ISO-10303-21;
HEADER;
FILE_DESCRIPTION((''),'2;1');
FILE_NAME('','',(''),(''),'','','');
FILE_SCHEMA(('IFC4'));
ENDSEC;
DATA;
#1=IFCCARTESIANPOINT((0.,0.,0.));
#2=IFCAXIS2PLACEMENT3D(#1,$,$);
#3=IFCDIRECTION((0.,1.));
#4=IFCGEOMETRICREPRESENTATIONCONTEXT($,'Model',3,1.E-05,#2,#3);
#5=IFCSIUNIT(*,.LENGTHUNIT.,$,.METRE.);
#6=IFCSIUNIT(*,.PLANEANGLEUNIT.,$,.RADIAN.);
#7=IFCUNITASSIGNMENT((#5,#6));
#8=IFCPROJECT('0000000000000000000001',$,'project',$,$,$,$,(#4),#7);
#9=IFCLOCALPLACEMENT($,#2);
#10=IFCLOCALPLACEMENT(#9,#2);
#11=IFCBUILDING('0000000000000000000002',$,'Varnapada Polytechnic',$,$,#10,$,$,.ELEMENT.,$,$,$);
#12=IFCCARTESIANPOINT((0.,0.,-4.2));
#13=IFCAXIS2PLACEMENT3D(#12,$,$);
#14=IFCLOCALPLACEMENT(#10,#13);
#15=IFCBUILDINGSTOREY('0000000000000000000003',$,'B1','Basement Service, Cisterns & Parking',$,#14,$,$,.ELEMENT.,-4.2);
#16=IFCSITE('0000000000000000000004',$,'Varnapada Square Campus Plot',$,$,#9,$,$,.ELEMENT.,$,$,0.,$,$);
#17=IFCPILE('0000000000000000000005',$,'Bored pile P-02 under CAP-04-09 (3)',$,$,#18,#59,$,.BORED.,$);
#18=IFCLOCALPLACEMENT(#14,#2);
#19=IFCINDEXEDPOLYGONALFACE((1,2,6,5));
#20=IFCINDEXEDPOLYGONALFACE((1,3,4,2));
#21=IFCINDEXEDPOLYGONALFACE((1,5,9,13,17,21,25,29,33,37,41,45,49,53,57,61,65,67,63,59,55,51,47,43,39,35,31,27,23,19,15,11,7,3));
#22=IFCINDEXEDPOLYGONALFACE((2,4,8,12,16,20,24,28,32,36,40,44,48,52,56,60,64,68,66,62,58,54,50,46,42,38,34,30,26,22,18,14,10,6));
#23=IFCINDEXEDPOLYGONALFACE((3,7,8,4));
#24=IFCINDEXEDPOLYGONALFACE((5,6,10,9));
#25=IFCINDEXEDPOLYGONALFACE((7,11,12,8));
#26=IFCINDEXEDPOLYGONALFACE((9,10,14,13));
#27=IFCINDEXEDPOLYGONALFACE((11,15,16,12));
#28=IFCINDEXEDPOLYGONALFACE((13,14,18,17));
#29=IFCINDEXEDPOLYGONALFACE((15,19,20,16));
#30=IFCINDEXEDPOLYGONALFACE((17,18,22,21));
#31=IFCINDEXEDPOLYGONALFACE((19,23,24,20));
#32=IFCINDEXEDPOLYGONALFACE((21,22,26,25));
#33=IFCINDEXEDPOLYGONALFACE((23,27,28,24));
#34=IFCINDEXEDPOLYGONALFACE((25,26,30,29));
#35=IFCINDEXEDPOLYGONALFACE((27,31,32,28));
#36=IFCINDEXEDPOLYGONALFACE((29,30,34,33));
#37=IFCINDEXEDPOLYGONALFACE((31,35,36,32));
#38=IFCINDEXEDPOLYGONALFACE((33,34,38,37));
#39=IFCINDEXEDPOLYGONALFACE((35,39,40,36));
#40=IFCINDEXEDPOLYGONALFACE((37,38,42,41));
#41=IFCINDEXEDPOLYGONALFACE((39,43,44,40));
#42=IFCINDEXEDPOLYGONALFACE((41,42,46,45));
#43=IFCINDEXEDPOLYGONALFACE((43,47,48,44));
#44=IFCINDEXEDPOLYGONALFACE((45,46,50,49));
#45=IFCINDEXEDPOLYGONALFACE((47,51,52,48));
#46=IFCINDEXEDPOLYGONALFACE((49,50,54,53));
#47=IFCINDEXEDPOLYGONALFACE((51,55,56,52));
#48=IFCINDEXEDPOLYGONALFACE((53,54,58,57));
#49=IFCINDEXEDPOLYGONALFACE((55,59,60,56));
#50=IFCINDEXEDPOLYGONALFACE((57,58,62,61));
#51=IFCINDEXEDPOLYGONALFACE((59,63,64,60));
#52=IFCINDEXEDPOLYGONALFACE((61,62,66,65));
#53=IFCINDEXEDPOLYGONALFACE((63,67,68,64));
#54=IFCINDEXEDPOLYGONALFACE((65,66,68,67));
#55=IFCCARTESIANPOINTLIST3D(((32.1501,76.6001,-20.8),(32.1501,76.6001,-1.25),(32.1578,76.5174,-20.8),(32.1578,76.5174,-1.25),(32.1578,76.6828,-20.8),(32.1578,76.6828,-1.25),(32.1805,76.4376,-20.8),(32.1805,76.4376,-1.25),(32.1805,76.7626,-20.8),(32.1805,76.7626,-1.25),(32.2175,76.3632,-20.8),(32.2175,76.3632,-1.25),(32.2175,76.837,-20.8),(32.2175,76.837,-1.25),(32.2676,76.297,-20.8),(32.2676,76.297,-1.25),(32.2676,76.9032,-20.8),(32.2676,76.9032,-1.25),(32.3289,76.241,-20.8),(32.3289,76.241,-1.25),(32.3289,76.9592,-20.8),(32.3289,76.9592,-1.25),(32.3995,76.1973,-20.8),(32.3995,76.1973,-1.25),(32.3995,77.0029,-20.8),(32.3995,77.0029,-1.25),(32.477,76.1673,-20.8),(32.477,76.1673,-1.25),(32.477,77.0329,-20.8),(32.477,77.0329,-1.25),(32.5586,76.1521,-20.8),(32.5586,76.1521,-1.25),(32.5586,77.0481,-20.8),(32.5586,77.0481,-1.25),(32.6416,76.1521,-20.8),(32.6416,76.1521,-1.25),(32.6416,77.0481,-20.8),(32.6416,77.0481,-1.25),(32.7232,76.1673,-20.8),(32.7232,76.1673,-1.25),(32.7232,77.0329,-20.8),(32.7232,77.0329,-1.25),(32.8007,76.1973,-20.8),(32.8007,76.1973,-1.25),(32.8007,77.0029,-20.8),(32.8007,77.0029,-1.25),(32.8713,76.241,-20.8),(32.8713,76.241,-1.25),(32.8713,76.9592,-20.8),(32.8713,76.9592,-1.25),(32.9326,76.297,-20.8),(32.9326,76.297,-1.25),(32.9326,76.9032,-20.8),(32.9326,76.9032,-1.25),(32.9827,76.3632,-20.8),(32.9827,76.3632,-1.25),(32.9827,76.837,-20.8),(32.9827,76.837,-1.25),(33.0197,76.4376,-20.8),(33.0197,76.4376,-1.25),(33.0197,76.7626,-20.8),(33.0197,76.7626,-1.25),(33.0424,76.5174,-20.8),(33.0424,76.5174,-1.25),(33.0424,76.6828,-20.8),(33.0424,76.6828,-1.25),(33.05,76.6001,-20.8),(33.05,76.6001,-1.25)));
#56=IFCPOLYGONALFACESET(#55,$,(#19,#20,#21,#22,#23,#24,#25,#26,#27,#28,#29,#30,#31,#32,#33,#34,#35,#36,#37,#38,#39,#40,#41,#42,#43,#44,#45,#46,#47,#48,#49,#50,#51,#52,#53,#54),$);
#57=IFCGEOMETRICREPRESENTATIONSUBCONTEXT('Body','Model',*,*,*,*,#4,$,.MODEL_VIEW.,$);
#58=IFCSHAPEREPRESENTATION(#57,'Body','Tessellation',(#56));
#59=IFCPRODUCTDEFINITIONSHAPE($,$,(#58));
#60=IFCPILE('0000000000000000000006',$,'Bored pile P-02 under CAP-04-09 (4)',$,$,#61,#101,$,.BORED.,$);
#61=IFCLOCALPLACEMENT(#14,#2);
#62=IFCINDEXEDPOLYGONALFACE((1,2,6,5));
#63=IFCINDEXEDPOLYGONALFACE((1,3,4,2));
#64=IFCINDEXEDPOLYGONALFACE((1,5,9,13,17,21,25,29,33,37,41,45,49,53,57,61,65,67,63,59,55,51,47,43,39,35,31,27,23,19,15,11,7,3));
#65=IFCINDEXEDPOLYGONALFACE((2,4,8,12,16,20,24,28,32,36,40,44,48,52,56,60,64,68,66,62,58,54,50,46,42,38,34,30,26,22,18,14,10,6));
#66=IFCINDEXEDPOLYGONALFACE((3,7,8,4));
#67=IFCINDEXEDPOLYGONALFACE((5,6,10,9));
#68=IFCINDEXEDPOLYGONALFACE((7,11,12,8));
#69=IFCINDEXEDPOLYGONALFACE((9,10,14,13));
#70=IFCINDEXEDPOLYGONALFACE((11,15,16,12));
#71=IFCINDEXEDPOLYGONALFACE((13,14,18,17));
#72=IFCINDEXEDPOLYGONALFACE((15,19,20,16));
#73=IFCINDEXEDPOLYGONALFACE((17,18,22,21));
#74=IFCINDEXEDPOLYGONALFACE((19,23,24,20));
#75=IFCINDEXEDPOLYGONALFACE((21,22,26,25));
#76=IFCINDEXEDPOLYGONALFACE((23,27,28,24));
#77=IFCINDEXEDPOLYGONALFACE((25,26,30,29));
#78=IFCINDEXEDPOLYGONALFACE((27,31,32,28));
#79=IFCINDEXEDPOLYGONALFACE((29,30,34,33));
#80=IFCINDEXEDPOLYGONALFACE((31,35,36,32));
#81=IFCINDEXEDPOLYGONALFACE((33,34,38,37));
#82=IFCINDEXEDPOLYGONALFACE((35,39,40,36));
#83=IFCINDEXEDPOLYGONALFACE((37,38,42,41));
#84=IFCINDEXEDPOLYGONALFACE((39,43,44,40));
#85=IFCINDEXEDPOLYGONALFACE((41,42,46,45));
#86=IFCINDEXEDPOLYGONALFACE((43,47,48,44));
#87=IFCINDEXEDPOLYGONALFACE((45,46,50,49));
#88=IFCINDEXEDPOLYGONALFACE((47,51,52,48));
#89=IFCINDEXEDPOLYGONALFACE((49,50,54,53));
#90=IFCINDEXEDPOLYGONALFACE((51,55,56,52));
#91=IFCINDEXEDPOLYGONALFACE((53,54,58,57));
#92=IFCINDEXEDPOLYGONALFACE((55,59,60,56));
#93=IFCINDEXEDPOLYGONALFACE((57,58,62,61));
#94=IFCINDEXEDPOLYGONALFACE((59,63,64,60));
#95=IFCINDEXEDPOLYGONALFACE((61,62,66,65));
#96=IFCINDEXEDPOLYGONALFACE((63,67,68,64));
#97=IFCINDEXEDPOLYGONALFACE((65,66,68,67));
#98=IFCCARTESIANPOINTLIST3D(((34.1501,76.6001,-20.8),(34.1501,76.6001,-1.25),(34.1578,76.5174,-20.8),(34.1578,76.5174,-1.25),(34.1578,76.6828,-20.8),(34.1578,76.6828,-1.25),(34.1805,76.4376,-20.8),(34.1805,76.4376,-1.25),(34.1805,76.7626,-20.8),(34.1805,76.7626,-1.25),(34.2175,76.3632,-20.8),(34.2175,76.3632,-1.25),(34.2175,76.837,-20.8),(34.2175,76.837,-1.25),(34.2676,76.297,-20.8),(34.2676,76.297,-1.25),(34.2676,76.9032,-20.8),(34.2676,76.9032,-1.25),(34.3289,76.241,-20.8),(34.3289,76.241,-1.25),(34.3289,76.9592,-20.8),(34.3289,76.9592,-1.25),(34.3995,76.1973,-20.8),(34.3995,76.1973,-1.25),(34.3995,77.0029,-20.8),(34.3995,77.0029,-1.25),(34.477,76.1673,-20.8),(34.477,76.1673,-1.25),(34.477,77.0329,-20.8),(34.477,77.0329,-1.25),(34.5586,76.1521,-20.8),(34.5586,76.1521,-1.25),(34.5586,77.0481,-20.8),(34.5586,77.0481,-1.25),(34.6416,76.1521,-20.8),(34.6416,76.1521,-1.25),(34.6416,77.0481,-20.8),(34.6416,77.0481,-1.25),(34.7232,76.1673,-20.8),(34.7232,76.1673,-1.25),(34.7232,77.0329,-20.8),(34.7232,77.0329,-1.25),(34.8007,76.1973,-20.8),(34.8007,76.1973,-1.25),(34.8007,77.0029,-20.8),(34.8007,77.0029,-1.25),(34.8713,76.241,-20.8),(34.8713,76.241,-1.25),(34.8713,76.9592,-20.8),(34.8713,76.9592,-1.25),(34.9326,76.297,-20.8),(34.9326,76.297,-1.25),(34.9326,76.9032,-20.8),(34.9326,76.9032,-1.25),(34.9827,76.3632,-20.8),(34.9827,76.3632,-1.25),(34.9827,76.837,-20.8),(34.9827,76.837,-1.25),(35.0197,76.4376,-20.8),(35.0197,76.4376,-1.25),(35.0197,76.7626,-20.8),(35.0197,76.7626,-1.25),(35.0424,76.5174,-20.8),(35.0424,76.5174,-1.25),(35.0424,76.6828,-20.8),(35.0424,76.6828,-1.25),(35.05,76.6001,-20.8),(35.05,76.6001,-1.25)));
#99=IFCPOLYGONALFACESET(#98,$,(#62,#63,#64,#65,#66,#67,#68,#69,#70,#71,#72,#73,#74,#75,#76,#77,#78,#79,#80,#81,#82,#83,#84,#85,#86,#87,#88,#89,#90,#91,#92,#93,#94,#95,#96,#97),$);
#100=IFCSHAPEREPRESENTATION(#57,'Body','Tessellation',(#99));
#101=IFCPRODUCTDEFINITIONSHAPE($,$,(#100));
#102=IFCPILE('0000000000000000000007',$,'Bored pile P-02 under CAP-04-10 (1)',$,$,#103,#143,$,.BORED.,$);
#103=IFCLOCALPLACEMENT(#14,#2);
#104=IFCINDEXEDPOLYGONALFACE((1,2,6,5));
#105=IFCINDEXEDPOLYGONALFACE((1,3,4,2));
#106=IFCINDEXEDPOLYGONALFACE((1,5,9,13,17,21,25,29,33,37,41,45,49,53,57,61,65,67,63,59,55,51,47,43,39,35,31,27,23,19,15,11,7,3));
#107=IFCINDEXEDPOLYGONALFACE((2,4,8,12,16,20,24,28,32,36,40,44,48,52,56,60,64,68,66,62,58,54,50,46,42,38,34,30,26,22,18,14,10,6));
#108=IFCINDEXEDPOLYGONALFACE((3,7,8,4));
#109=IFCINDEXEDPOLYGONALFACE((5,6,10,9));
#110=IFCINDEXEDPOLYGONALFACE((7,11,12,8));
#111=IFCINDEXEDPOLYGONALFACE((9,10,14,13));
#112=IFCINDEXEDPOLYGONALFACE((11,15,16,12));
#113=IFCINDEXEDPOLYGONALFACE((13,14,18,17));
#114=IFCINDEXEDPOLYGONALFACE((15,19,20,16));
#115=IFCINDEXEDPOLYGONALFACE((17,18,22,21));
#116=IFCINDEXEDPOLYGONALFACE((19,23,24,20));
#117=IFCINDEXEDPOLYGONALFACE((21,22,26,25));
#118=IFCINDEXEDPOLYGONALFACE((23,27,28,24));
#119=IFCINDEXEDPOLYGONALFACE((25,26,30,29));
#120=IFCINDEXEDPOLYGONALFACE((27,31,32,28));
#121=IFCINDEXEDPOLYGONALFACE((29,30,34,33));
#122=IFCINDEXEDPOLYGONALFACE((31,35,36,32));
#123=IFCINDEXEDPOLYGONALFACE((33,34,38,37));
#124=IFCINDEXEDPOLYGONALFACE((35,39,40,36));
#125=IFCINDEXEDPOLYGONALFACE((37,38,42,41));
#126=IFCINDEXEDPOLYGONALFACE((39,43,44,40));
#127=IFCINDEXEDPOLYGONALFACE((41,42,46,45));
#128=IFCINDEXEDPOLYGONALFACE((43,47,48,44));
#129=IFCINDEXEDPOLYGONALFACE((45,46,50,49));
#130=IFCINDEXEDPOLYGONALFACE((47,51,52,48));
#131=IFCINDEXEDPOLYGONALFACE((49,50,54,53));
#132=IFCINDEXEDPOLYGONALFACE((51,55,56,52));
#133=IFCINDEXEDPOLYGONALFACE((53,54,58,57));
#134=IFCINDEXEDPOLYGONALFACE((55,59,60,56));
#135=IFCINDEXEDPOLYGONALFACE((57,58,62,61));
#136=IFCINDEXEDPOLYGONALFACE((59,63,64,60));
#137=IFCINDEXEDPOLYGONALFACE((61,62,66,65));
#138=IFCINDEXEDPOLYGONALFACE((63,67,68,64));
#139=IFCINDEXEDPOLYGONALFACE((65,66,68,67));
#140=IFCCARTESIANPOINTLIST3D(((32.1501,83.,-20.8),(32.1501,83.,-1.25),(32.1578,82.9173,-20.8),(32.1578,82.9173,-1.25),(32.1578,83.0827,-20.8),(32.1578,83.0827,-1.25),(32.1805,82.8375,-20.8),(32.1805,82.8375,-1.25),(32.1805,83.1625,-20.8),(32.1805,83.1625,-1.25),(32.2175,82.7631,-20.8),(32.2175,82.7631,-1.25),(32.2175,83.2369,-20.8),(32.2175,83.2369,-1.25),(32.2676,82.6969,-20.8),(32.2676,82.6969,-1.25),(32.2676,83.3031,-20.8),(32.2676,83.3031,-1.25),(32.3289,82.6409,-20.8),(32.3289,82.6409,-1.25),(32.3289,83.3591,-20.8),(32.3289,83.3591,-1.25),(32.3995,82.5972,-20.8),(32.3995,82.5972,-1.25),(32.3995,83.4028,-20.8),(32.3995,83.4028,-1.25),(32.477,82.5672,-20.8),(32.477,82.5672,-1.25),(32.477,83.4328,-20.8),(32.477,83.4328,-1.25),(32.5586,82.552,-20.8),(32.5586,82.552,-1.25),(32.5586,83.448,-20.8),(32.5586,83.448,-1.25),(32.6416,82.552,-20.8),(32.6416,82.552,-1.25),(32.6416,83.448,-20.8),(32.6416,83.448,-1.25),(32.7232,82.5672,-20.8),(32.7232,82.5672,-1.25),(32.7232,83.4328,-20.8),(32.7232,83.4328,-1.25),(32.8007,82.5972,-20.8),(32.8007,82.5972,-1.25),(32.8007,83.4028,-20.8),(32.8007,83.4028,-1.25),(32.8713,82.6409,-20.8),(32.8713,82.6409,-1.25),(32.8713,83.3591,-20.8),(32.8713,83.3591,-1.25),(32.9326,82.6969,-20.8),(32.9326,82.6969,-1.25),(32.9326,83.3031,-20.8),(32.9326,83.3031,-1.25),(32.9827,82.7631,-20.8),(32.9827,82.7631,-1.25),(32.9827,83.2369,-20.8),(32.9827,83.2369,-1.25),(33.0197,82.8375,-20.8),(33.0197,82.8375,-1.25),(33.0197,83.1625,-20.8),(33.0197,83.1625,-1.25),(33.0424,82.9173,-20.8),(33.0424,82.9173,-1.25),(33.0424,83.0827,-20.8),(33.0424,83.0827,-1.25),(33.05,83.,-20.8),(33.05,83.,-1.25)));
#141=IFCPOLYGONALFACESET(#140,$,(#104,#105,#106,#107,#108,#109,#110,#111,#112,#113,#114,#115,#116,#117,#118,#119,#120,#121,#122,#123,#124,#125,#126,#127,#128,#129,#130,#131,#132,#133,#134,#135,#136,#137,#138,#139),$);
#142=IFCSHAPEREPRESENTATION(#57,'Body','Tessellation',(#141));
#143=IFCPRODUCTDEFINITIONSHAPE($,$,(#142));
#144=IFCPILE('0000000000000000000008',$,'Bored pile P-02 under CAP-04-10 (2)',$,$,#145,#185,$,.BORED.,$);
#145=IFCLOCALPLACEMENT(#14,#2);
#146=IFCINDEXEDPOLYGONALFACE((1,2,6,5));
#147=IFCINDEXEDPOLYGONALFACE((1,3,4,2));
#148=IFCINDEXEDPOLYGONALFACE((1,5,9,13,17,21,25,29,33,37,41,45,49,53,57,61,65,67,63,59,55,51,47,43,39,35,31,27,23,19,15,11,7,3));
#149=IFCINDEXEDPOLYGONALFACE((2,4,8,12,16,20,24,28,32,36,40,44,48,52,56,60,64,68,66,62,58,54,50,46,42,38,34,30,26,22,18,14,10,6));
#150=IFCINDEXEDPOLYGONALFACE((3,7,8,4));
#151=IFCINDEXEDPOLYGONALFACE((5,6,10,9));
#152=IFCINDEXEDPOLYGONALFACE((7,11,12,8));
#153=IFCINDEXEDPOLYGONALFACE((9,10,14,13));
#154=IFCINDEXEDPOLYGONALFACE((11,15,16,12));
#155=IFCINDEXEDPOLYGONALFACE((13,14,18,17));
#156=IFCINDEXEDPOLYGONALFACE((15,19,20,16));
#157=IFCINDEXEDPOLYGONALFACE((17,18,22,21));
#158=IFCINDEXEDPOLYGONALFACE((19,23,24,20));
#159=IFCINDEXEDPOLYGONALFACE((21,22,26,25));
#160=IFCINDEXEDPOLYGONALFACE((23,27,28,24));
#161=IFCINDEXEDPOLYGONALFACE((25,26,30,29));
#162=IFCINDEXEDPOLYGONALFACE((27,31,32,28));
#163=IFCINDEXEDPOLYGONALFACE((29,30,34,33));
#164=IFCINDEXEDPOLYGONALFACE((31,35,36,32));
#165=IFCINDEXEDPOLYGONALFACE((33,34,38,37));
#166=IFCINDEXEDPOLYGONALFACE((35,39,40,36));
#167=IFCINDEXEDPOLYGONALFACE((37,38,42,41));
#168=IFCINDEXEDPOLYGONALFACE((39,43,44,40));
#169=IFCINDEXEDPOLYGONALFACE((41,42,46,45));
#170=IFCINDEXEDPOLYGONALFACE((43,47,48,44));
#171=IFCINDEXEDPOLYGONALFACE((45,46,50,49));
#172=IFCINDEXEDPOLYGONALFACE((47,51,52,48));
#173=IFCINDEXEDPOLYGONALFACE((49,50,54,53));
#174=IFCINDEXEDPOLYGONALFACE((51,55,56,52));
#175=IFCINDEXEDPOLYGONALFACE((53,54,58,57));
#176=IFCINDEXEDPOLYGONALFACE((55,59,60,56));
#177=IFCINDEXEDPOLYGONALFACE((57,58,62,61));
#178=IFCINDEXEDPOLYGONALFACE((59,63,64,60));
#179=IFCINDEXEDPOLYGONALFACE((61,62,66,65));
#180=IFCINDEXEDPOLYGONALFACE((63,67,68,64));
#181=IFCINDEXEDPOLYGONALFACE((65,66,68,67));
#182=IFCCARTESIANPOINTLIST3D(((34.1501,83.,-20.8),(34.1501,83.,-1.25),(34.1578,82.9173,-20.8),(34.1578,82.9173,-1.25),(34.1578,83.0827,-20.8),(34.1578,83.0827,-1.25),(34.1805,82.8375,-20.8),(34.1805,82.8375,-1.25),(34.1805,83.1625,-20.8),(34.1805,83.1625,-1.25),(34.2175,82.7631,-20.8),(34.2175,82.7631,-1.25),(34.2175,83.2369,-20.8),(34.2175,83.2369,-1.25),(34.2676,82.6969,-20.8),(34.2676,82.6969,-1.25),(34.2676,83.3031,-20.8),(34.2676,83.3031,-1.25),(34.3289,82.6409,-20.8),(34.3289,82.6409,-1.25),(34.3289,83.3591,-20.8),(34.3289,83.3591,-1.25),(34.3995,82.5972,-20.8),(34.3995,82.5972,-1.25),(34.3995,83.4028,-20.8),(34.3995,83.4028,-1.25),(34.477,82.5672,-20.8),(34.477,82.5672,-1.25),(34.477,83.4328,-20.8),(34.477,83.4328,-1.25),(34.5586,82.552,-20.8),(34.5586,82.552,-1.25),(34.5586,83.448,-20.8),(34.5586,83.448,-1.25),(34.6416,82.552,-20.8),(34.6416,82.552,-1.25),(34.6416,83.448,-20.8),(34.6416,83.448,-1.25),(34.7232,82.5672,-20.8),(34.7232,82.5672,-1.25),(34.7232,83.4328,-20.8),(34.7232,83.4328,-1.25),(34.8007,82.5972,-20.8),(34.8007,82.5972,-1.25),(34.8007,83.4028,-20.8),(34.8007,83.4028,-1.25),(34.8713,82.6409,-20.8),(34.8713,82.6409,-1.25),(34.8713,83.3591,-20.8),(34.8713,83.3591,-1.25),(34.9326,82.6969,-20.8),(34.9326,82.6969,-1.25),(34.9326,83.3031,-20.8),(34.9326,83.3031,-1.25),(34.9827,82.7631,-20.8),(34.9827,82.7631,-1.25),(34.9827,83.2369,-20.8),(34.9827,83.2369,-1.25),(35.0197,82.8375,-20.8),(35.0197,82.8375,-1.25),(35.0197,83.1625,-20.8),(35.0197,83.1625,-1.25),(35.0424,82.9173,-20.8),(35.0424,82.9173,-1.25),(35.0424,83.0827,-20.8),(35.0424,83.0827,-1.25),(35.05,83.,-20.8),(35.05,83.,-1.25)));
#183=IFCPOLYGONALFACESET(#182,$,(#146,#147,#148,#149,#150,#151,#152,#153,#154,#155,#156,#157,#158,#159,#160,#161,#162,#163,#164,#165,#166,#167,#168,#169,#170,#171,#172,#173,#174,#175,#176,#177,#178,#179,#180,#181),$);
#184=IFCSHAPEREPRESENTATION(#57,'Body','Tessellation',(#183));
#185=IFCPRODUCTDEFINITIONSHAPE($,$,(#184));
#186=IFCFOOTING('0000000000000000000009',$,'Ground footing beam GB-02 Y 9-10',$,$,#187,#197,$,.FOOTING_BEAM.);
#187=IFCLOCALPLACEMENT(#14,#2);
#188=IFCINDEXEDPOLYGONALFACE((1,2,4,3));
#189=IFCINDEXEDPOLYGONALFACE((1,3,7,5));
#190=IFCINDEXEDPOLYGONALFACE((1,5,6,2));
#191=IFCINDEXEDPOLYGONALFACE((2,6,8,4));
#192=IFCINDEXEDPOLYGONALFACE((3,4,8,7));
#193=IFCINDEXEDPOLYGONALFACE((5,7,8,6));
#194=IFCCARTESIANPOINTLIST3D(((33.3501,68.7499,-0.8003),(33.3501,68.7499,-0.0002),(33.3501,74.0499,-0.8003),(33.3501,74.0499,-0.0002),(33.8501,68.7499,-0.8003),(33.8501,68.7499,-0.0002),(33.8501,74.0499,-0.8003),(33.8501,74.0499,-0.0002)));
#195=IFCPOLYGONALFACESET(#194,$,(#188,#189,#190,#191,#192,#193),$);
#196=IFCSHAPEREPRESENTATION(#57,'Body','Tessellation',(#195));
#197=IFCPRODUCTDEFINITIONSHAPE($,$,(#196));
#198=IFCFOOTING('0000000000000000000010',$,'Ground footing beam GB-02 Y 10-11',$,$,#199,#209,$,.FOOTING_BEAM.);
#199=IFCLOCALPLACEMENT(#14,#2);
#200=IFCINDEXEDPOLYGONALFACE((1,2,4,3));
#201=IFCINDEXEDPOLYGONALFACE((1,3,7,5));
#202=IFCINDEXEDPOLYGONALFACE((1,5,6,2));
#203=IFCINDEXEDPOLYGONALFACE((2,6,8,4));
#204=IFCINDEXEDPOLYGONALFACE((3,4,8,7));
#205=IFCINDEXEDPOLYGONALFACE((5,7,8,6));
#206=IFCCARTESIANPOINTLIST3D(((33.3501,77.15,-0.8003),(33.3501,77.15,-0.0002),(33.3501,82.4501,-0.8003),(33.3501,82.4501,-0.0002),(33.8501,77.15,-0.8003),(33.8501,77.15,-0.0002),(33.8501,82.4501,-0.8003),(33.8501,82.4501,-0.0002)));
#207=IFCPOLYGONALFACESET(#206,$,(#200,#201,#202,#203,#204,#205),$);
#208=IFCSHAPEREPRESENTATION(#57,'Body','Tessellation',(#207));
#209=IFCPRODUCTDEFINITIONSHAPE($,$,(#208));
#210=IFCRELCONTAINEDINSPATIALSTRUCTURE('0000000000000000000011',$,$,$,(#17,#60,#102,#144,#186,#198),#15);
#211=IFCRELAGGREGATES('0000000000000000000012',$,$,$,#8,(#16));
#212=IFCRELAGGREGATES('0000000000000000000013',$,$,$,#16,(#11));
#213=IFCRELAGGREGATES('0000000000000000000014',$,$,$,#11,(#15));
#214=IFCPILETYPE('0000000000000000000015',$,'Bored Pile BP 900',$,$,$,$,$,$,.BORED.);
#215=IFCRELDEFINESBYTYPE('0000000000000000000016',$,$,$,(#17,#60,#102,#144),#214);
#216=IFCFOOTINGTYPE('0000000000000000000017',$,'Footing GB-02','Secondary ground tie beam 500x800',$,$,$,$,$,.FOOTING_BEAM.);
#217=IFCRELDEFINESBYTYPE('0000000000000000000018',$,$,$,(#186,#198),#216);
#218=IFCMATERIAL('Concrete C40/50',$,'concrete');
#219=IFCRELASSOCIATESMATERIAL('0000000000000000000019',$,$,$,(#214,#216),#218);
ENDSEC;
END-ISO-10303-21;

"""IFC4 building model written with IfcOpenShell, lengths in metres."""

from ifc_helpers import new_model, si_unit, direction, frame, origin, origin_2d, place, context, subcontext, project, spatial, rectangle, circle, extrude, material, material_profile, profile_set, type_object, element, save


model = new_model("IFC4")

# Units and contexts
model_context = context("Model", 3, precision=1e-05, world=origin(), true_north=direction((0.0, 1.0)))
body_context = subcontext(model_context, "Body", "Model", "MODEL_VIEW")
ifc_project = project(units=[si_unit("LENGTHUNIT", "METRE"), si_unit("PLANEANGLEUNIT", "RADIAN")], contexts=[model_context])

# Site, building, storey
site_placement = place(None, origin())
site = spatial("IfcSite", under=ifc_project, at=site_placement, Name="Varnapada Square Campus Plot", CompositionType="ELEMENT", RefElevation=0.0)
building_placement = place(site_placement, origin())
building = spatial("IfcBuilding", under=site, at=building_placement, Name="Varnapada Polytechnic", CompositionType="ELEMENT")
storey_placement = place(building_placement, frame((0.0, 0.0, -4.2)))
storey = spatial("IfcBuildingStorey", under=building, at=storey_placement, Name="B1", Description="Basement Service, Cisterns & Parking", CompositionType="ELEMENT", Elevation=-4.2)

# Piles
ifc_material = material(Name="Concrete C40/50", Category="concrete")
ifc_material_profile_1 = material_profile(ifc_material, circle(Radius=0.45, at=origin_2d()), Name="BP 900")
ifc_profile_set_1 = profile_set([ifc_material_profile_1], Name="Concrete C40/50")
pile_type_1 = type_object("IfcPileType", Name="Bored Pile BP 900", PredefinedType="BORED", material=ifc_profile_set_1)
for number, where, z_axis, x_axis, name in (
    (1, (32.6001, 76.6001, -1.25), (0.0, 0.0, -1.0), (1.0, 0.0, 0.0), "Bored pile P-02 under CAP-04-09 (3)"),
    (2, (34.6001, 76.6001, -1.25), (0.0, 0.0, -1.0), (1.0, 0.0, 0.0), "Bored pile P-02 under CAP-04-09 (4)"),
    (3, (32.6001, 83.0, -1.25), (0.0, 0.0, -1.0), (1.0, 0.0, 0.0), "Bored pile P-02 under CAP-04-10 (1)"),
    (4, (34.6001, 83.0, -1.25), (0.0, 0.0, -1.0), (1.0, 0.0, 0.0), "Bored pile P-02 under CAP-04-10 (2)"),
):
    element("IfcPile", number, at=place(storey_placement, frame(where, z_axis=z_axis, x_axis=x_axis)), inside=storey, type_object=pile_type_1, Name=name, PredefinedType="BORED", context=body_context, shape_type="SweptSolid", body=[
        extrude(circle(Radius=0.45, at=origin_2d()), origin(), (0.0, 0.0, 1.0), 19.55),
    ])

# Footings
footing_type_1 = type_object("IfcFootingType", Name="Footing GB-02", Description="Secondary ground tie beam 500x800", PredefinedType="FOOTING_BEAM", material=ifc_material)
for number, where, z_axis, x_axis, name in (
    (5, (33.6001, 71.3999, -0.8003), (0.0, 0.0, 1.0), (0.0, 1.0, 0.0), "Ground footing beam GB-02 Y 9-10"),
    (6, (33.6001, 79.8, -0.8003), (0.0, 0.0, 1.0), (0.0, 1.0, 0.0), "Ground footing beam GB-02 Y 10-11"),
):
    element("IfcFooting", number, at=place(storey_placement, frame(where, z_axis=z_axis, x_axis=x_axis)), inside=storey, type_object=footing_type_1, Name=name, PredefinedType="FOOTING_BEAM", context=body_context, shape_type="SweptSolid", body=[
        extrude(rectangle(XDim=5.3, YDim=0.5, at=origin_2d()), origin(), (0.0, 0.0, 1.0), 0.8),
    ])

save(model, "model.ifc")
